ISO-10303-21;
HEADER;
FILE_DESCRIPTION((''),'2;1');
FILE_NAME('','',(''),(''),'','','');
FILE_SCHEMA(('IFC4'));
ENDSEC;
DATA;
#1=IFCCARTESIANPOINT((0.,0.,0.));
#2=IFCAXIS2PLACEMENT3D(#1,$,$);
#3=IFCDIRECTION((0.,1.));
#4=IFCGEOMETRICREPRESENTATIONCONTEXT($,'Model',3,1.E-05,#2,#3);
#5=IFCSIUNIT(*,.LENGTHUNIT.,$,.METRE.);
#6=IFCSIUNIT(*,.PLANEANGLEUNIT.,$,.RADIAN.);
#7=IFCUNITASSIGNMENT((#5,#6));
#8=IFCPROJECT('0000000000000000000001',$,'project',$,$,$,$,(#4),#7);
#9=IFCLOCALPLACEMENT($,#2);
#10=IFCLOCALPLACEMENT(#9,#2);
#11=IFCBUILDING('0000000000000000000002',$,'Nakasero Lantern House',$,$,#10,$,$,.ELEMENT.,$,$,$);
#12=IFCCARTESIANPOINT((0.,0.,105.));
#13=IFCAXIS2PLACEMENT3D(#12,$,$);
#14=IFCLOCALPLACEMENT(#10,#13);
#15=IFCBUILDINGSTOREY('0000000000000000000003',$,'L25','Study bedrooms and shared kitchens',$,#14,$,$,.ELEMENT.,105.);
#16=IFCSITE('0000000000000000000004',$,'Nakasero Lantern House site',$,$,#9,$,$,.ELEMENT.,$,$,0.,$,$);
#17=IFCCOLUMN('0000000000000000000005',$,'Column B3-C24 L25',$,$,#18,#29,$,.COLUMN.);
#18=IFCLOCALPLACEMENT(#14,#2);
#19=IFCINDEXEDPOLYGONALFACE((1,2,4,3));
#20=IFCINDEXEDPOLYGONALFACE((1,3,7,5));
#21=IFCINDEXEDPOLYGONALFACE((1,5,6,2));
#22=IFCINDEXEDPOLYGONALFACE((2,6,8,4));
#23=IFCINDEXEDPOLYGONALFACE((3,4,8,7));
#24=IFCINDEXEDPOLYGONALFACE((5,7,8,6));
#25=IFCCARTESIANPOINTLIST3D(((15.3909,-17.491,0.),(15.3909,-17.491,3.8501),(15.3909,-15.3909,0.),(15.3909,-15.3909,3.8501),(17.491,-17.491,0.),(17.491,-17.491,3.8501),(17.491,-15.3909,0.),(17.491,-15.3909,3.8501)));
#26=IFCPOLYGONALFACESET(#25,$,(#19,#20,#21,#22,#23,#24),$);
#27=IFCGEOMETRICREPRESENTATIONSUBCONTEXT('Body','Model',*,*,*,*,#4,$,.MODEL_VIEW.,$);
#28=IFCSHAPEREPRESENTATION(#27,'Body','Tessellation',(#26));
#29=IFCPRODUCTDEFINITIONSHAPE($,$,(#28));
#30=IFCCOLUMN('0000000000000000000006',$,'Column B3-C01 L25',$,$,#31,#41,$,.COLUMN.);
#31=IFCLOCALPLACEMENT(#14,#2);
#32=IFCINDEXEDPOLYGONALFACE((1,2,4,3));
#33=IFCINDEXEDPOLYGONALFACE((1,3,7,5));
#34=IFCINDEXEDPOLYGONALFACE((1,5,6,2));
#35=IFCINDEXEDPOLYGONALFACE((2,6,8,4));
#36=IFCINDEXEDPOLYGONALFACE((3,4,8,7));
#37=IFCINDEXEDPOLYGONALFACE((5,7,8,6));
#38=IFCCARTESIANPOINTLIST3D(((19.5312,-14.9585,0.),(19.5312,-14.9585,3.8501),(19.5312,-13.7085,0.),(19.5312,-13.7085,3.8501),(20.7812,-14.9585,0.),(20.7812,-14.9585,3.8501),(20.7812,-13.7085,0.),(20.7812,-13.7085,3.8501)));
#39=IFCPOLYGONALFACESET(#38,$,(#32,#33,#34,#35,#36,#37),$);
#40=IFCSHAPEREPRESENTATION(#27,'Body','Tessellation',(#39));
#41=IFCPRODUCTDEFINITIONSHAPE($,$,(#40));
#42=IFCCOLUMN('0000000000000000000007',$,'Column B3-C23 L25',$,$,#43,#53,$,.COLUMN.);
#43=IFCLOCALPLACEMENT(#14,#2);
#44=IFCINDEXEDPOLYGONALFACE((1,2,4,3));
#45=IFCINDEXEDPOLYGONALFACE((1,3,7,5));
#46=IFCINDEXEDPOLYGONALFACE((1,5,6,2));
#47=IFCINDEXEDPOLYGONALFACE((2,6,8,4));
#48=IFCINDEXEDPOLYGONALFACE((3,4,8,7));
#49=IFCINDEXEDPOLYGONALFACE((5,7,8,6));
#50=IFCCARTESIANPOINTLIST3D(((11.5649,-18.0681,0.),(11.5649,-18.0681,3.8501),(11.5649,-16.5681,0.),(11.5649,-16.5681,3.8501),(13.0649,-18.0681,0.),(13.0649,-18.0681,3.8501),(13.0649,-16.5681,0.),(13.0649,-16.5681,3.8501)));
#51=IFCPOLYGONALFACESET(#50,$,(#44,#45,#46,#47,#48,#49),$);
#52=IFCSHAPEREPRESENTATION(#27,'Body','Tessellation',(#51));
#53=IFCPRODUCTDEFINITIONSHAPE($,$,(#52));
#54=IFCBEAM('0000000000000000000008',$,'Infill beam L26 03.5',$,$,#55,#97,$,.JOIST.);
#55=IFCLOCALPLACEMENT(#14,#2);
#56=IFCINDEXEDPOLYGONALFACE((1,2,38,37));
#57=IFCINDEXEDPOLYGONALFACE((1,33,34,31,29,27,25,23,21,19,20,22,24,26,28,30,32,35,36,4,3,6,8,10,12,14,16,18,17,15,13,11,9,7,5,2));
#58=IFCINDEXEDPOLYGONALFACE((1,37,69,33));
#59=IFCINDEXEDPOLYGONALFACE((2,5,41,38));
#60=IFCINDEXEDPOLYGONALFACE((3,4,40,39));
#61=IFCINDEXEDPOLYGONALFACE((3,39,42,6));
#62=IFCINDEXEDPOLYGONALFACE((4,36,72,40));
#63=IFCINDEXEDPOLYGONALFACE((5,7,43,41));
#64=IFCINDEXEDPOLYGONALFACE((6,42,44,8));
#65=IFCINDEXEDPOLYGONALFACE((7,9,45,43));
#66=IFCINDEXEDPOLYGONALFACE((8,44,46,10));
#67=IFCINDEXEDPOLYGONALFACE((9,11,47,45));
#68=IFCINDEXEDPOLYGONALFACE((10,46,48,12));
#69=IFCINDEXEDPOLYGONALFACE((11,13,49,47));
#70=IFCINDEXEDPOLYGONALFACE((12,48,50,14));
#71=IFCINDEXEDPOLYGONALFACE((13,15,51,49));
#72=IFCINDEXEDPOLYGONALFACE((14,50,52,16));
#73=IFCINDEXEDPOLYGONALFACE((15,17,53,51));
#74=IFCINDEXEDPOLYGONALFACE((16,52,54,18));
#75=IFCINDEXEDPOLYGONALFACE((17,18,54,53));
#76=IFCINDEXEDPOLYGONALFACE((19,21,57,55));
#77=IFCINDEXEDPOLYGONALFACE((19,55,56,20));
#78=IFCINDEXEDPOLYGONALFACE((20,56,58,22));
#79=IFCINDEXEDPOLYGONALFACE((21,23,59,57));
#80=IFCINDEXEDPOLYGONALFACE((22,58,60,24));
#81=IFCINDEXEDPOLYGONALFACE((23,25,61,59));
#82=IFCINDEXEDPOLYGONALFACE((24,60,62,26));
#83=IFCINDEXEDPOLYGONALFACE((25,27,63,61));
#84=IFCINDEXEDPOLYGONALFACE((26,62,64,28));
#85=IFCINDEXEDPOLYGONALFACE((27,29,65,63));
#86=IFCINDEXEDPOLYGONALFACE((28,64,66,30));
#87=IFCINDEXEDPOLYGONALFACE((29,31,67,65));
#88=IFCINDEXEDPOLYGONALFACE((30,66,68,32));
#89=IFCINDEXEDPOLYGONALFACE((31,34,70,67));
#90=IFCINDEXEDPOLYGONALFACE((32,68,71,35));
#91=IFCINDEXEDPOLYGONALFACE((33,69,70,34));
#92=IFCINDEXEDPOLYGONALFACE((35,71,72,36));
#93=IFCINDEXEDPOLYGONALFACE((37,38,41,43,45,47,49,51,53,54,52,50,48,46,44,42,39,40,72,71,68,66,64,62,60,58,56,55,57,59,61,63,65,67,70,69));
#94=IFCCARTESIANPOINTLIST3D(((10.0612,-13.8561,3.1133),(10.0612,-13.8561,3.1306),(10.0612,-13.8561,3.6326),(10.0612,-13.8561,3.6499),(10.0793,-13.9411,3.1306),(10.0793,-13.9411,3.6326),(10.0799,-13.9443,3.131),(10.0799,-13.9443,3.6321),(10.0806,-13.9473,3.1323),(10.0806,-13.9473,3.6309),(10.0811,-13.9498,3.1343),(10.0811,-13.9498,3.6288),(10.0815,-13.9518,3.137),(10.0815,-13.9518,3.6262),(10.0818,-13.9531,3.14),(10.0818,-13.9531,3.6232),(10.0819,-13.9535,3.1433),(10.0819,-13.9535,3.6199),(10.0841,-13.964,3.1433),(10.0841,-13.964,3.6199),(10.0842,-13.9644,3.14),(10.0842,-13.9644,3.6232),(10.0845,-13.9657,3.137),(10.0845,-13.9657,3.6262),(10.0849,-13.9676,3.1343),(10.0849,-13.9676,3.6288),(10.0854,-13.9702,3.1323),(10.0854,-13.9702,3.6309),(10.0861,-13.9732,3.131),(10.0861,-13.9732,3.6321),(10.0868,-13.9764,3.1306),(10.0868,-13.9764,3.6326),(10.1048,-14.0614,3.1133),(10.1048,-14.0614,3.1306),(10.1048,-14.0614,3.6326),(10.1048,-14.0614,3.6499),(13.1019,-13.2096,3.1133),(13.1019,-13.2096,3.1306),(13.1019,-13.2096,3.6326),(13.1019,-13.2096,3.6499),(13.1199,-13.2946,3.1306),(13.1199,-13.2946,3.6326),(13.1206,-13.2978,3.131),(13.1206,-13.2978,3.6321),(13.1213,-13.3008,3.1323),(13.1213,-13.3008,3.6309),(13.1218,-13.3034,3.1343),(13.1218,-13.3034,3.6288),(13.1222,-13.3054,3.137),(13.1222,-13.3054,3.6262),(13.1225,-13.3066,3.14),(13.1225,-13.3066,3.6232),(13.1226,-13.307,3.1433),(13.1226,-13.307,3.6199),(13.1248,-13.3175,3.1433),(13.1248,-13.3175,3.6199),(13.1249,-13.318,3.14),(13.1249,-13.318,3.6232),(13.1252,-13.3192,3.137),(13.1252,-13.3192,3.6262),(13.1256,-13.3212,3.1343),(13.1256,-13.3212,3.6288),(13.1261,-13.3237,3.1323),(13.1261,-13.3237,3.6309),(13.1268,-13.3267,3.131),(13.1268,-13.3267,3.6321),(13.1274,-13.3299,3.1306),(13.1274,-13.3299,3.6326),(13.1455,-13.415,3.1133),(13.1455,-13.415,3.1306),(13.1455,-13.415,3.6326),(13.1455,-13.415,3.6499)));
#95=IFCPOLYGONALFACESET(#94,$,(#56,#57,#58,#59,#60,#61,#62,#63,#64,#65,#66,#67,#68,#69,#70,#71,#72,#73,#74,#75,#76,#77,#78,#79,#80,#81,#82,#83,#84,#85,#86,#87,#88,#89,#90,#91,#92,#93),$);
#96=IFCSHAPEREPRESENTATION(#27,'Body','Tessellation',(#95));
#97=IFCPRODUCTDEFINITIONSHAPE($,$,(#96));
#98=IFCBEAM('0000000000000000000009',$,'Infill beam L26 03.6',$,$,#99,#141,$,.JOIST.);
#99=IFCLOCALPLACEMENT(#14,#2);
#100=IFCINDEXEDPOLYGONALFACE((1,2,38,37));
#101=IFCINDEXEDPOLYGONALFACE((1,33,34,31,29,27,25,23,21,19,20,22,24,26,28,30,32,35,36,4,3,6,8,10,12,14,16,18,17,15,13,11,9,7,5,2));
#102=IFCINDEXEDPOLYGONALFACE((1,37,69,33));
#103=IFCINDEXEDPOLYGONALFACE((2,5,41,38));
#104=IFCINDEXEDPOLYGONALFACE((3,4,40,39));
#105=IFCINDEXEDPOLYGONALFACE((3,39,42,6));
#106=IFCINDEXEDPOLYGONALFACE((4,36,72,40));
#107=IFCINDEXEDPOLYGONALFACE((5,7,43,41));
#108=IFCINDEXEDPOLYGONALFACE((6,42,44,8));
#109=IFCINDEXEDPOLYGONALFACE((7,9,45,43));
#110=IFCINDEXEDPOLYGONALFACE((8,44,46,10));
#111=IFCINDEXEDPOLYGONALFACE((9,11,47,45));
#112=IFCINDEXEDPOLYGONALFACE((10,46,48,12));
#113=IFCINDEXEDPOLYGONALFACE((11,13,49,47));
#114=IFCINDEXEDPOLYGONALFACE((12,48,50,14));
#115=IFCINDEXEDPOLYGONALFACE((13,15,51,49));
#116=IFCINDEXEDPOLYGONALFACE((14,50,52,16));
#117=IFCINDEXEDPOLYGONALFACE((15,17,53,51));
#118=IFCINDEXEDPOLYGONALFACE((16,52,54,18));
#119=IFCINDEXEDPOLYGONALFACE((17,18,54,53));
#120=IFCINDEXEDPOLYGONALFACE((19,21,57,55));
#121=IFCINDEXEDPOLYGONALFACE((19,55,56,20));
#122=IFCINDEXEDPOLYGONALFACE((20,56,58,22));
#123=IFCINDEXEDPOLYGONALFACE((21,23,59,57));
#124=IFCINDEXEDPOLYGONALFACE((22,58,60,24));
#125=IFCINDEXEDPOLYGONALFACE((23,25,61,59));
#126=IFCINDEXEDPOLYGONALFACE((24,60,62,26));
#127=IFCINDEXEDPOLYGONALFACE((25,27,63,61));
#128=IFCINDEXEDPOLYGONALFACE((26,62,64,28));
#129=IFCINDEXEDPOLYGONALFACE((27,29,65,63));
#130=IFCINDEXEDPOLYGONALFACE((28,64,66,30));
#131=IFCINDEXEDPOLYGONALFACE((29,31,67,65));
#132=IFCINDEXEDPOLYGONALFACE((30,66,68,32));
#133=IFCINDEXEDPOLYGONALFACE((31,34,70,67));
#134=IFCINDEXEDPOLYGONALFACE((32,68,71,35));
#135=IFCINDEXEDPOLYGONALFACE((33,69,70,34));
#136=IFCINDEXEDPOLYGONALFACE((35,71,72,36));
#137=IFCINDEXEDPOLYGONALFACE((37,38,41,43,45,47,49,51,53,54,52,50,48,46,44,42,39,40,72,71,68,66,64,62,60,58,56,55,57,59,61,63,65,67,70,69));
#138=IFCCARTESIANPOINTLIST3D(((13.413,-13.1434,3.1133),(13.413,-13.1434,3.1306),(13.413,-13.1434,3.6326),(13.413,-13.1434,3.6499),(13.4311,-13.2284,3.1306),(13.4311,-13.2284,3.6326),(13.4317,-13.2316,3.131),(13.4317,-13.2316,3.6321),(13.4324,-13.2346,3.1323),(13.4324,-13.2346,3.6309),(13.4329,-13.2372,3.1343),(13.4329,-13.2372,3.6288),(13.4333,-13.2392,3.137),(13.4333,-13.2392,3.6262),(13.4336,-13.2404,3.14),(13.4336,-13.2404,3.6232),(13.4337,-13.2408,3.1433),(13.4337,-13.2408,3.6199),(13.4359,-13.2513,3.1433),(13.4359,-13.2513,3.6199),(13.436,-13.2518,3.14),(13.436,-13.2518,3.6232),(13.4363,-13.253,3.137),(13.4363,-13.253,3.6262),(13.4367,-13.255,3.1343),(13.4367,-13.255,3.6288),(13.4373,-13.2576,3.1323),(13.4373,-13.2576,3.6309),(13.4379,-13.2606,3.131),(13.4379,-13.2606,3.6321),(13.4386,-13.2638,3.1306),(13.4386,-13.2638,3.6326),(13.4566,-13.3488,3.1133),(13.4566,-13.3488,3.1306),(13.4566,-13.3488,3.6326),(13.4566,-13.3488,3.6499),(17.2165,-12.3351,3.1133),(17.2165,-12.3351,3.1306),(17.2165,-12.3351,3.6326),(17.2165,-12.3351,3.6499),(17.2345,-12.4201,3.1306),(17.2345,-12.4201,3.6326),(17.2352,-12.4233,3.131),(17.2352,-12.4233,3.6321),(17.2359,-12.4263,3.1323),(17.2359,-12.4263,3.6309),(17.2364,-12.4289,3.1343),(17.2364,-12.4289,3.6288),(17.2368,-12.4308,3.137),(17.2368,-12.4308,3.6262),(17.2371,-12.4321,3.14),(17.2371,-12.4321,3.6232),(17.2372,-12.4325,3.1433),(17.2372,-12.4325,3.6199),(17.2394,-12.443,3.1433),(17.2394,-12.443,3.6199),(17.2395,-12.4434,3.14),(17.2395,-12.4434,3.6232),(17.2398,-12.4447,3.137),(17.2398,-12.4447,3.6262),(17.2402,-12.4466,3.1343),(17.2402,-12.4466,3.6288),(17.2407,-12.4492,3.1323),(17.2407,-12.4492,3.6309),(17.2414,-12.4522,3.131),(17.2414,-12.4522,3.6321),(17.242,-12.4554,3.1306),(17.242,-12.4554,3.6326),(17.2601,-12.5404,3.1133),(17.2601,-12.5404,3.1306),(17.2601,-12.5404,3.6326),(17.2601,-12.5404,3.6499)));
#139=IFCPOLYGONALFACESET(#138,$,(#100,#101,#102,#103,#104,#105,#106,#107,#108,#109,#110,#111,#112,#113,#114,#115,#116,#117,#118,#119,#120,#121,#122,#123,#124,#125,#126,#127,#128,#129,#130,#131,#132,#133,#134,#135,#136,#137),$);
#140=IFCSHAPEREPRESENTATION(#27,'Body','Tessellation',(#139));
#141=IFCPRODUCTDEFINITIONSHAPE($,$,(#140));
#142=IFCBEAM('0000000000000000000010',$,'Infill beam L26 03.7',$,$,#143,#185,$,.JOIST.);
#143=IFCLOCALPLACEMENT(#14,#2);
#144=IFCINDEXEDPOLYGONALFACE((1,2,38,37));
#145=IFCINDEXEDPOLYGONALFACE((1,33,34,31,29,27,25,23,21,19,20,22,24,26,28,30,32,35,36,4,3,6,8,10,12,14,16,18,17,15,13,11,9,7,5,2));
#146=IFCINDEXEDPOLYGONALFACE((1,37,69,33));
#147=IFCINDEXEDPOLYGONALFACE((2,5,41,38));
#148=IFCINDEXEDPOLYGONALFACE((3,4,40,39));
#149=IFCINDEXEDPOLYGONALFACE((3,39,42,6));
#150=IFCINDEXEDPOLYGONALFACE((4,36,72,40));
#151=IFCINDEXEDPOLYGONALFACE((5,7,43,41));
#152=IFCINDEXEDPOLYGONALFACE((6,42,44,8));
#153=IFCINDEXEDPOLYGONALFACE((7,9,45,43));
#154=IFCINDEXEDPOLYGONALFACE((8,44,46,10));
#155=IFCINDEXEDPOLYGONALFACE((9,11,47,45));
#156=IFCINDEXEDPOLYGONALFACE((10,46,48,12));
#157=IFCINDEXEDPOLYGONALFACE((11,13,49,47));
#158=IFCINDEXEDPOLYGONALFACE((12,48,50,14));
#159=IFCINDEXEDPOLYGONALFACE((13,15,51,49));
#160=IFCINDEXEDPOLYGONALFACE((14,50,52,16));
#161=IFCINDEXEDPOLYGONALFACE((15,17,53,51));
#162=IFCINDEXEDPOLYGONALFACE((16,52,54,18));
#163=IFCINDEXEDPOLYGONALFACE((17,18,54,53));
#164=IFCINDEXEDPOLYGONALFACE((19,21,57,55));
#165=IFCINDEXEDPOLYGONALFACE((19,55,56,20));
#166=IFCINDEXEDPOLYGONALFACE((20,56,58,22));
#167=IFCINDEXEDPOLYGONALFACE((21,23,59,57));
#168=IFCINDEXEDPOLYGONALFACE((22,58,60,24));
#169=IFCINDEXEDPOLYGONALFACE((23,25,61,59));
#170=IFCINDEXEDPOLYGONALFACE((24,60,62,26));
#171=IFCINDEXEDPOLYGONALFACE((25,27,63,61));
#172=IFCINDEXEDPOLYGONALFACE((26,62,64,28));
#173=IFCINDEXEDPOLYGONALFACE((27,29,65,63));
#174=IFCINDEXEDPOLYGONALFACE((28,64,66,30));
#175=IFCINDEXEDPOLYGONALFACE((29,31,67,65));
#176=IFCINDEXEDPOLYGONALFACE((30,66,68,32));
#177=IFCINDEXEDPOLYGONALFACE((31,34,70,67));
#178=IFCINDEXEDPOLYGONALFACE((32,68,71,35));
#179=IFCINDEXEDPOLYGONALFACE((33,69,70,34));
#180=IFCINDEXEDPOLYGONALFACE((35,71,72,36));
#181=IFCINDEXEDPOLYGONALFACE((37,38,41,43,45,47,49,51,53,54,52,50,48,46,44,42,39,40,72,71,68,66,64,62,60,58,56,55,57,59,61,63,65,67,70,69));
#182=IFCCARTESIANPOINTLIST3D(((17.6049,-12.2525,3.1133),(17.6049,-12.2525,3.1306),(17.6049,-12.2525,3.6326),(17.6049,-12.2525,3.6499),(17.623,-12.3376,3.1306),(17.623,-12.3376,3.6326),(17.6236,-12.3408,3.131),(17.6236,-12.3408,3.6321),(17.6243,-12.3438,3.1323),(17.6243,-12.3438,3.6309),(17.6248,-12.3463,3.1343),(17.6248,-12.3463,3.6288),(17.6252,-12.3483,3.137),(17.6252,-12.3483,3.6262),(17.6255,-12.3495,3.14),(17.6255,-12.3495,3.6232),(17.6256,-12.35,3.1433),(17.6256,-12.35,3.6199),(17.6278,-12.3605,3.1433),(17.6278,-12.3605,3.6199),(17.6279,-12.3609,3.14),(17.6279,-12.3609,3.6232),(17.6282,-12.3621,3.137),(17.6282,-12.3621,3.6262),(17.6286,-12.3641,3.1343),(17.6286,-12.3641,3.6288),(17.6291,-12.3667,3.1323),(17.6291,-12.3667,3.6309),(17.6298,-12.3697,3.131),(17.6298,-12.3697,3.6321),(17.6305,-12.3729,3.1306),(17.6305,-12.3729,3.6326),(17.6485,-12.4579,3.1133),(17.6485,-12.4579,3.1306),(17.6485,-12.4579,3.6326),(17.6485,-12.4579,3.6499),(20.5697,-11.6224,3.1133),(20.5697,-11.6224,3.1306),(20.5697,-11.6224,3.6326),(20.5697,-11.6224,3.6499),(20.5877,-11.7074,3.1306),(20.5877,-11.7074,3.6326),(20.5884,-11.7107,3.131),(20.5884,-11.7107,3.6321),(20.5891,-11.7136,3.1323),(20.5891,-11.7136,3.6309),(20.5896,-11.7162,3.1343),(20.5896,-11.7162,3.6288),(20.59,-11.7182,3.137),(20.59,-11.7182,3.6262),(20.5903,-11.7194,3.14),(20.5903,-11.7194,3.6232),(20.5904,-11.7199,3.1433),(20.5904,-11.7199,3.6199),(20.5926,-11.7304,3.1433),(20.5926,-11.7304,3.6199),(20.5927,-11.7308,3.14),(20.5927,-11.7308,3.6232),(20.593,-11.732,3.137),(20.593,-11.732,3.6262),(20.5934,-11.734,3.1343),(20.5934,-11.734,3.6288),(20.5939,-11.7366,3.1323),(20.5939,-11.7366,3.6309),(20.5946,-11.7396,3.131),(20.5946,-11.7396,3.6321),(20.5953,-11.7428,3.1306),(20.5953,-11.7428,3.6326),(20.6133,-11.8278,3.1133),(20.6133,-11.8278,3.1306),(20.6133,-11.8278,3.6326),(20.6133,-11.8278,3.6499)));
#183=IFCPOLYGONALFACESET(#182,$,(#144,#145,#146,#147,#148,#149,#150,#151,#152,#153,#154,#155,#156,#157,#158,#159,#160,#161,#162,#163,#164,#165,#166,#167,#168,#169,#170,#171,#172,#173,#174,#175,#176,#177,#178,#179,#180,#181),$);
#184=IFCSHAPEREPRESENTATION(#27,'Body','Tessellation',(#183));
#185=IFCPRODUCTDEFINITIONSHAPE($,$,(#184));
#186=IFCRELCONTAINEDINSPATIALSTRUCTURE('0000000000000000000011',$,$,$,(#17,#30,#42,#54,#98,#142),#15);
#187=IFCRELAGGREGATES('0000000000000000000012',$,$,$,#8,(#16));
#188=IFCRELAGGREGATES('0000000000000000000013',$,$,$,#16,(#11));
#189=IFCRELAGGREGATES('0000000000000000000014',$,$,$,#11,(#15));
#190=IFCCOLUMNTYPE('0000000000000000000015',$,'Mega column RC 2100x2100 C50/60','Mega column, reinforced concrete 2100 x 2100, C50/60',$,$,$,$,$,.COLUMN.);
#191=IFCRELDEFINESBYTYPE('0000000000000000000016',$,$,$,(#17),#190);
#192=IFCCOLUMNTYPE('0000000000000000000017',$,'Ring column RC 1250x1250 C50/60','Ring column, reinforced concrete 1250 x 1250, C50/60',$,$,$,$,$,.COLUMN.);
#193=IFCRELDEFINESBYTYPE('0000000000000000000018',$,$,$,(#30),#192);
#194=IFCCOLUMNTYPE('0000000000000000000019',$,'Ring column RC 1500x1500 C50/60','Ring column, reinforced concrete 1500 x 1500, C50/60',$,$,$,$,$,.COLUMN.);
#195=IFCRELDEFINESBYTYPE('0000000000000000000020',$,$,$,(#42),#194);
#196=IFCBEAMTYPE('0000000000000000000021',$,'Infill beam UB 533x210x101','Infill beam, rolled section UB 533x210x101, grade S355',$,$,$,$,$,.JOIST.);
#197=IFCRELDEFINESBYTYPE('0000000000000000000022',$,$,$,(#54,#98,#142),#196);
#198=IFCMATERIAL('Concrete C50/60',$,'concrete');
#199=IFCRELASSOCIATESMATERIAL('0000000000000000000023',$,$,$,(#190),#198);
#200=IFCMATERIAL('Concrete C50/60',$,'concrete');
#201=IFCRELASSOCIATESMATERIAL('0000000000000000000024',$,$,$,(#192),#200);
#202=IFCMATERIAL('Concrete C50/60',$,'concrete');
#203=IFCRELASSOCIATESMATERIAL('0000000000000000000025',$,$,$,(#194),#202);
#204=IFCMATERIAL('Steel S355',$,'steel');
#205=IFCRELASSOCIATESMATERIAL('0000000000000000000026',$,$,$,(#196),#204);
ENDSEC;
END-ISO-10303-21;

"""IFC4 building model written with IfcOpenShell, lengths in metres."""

from ifc_helpers import new_model, si_unit, direction, frame, origin, origin_2d, place, context, subcontext, project, spatial, rectangle, i_section, extrude, material, material_profile, profile_set, type_object, element, save


model = new_model("IFC4")

# Units and contexts
model_context = context("Model", 3, precision=1e-05, world=origin(), true_north=direction((0.0, 1.0)))
body_context = subcontext(model_context, "Body", "Model", "MODEL_VIEW")
ifc_project = project(units=[si_unit("LENGTHUNIT", "METRE"), si_unit("PLANEANGLEUNIT", "RADIAN")], contexts=[model_context])

# Site, building, storey
site_placement = place(None, origin())
site = spatial("IfcSite", under=ifc_project, at=site_placement, Name="Nakasero Lantern House site", CompositionType="ELEMENT", RefElevation=0.0)
building_placement = place(site_placement, origin())
building = spatial("IfcBuilding", under=site, at=building_placement, Name="Nakasero Lantern House", CompositionType="ELEMENT")
storey_placement = place(building_placement, frame((0.0, 0.0, 105.0)))
storey = spatial("IfcBuildingStorey", under=building, at=storey_placement, Name="L25", Description="Study bedrooms and shared kitchens", CompositionType="ELEMENT", Elevation=105.0)

# Columns
ifc_material_1 = material(Name="Concrete C50/60", Category="concrete")
ifc_material_profile_1 = material_profile(ifc_material_1, rectangle(XDim=2.1001, YDim=2.1001, at=origin_2d()), Name="RC 2100x2100")
ifc_profile_set_1 = profile_set([ifc_material_profile_1], Name="Concrete C50/60")
column_type_1 = type_object("IfcColumnType", Name="Mega column RC 2100x2100 C50/60", Description="Mega column, reinforced concrete 2100 x 2100, C50/60", PredefinedType="COLUMN", material=ifc_profile_set_1)
column_1_placement = place(storey_placement, frame((16.4409, -16.4409, 0.0), z_axis=(0.0, 0.0, 1.0), x_axis=(1.0, 0.0, 0.0)))
element("IfcColumn", 1, at=column_1_placement, inside=storey, type_object=column_type_1, Name="Column B3-C24 L25", PredefinedType="COLUMN", context=body_context, shape_type="SweptSolid", body=[
    extrude(rectangle(XDim=2.1001, YDim=2.1001, at=origin_2d()), origin(), (0.0, 0.0, 1.0), 3.8501),
])
ifc_material_2 = material(Name="Concrete C50/60", Category="concrete")
ifc_material_profile_2 = material_profile(ifc_material_2, rectangle(XDim=1.25, YDim=1.25, at=origin_2d()), Name="RC 1250x1250")
ifc_profile_set_2 = profile_set([ifc_material_profile_2], Name="Concrete C50/60")
column_type_2 = type_object("IfcColumnType", Name="Ring column RC 1250x1250 C50/60", Description="Ring column, reinforced concrete 1250 x 1250, C50/60", PredefinedType="COLUMN", material=ifc_profile_set_2)
column_2_placement = place(storey_placement, frame((20.1562, -14.3335, 0.0), z_axis=(0.0, 0.0, 1.0), x_axis=(1.0, 0.0, 0.0)))
element("IfcColumn", 2, at=column_2_placement, inside=storey, type_object=column_type_2, Name="Column B3-C01 L25", PredefinedType="COLUMN", context=body_context, shape_type="SweptSolid", body=[
    extrude(rectangle(XDim=1.25, YDim=1.25, at=origin_2d()), origin(), (0.0, 0.0, 1.0), 3.8501),
])
ifc_material_3 = material(Name="Concrete C50/60", Category="concrete")
ifc_material_profile_3 = material_profile(ifc_material_3, rectangle(XDim=1.5, YDim=1.5, at=origin_2d()), Name="RC 1500x1500")
ifc_profile_set_3 = profile_set([ifc_material_profile_3], Name="Concrete C50/60")
column_type_3 = type_object("IfcColumnType", Name="Ring column RC 1500x1500 C50/60", Description="Ring column, reinforced concrete 1500 x 1500, C50/60", PredefinedType="COLUMN", material=ifc_profile_set_3)
column_3_placement = place(storey_placement, frame((12.3149, -17.3181, 0.0), z_axis=(0.0, 0.0, 1.0), x_axis=(1.0, 0.0, 0.0)))
element("IfcColumn", 3, at=column_3_placement, inside=storey, type_object=column_type_3, Name="Column B3-C23 L25", PredefinedType="COLUMN", context=body_context, shape_type="SweptSolid", body=[
    extrude(rectangle(XDim=1.5, YDim=1.5, at=origin_2d()), origin(), (0.0, 0.0, 1.0), 3.8501),
])

# Beams
ifc_material_4 = material(Name="Steel S355", Category="steel")
ifc_material_profile_4 = material_profile(ifc_material_4, i_section(OverallWidth=0.21, OverallDepth=0.5366, WebThickness=0.0107, FlangeThickness=0.0173, FilletRadius=0.0127, at=origin_2d()), Name="UB 533x210x101")
ifc_profile_set_4 = profile_set([ifc_material_profile_4], Name="Steel S355")
beam_type_1 = type_object("IfcBeamType", Name="Infill beam UB 533x210x101", Description="Infill beam, rolled section UB 533x210x101, grade S355", PredefinedType="JOIST", material=ifc_profile_set_4)
beam_1_placement = place(storey_placement, frame((10.083, -13.9587, 3.3816), z_axis=(0.978138, 0.207957, 0.0), x_axis=(-0.207957, 0.978138, 0.0)))
element("IfcBeam", 4, at=beam_1_placement, inside=storey, type_object=beam_type_1, Name="Infill beam L26 03.5", PredefinedType="JOIST", context=body_context, shape_type="SweptSolid", body=[
    extrude(i_section(OverallWidth=0.21, OverallDepth=0.5366, WebThickness=0.0107, FlangeThickness=0.0173, FilletRadius=0.0127, at=origin_2d()), origin(), (0.0, 0.0, 1.0), 3.1086),
])
beam_2_placement = place(storey_placement, frame((13.4348, -13.2461, 3.3816), z_axis=(0.978153, 0.207887, 0.0), x_axis=(-0.207887, 0.978153, 0.0)))
element("IfcBeam", 5, at=beam_2_placement, inside=storey, type_object=beam_type_1, Name="Infill beam L26 03.6", PredefinedType="JOIST", context=body_context, shape_type="SweptSolid", body=[
    extrude(i_section(OverallWidth=0.21, OverallDepth=0.5366, WebThickness=0.0107, FlangeThickness=0.0173, FilletRadius=0.0127, at=origin_2d()), origin(), (0.0, 0.0, 1.0), 3.8884),
])
beam_3_placement = place(storey_placement, frame((17.6267, -12.3552, 3.3816), z_axis=(0.978152, 0.20789, 0.0), x_axis=(-0.20789, 0.978152, 0.0)))
element("IfcBeam", 6, at=beam_3_placement, inside=storey, type_object=beam_type_1, Name="Infill beam L26 03.7", PredefinedType="JOIST", context=body_context, shape_type="SweptSolid", body=[
    extrude(i_section(OverallWidth=0.21, OverallDepth=0.5366, WebThickness=0.0107, FlangeThickness=0.0173, FilletRadius=0.0127, at=origin_2d()), origin(), (0.0, 0.0, 1.0), 3.031),
])

save(model, "model.ifc")
